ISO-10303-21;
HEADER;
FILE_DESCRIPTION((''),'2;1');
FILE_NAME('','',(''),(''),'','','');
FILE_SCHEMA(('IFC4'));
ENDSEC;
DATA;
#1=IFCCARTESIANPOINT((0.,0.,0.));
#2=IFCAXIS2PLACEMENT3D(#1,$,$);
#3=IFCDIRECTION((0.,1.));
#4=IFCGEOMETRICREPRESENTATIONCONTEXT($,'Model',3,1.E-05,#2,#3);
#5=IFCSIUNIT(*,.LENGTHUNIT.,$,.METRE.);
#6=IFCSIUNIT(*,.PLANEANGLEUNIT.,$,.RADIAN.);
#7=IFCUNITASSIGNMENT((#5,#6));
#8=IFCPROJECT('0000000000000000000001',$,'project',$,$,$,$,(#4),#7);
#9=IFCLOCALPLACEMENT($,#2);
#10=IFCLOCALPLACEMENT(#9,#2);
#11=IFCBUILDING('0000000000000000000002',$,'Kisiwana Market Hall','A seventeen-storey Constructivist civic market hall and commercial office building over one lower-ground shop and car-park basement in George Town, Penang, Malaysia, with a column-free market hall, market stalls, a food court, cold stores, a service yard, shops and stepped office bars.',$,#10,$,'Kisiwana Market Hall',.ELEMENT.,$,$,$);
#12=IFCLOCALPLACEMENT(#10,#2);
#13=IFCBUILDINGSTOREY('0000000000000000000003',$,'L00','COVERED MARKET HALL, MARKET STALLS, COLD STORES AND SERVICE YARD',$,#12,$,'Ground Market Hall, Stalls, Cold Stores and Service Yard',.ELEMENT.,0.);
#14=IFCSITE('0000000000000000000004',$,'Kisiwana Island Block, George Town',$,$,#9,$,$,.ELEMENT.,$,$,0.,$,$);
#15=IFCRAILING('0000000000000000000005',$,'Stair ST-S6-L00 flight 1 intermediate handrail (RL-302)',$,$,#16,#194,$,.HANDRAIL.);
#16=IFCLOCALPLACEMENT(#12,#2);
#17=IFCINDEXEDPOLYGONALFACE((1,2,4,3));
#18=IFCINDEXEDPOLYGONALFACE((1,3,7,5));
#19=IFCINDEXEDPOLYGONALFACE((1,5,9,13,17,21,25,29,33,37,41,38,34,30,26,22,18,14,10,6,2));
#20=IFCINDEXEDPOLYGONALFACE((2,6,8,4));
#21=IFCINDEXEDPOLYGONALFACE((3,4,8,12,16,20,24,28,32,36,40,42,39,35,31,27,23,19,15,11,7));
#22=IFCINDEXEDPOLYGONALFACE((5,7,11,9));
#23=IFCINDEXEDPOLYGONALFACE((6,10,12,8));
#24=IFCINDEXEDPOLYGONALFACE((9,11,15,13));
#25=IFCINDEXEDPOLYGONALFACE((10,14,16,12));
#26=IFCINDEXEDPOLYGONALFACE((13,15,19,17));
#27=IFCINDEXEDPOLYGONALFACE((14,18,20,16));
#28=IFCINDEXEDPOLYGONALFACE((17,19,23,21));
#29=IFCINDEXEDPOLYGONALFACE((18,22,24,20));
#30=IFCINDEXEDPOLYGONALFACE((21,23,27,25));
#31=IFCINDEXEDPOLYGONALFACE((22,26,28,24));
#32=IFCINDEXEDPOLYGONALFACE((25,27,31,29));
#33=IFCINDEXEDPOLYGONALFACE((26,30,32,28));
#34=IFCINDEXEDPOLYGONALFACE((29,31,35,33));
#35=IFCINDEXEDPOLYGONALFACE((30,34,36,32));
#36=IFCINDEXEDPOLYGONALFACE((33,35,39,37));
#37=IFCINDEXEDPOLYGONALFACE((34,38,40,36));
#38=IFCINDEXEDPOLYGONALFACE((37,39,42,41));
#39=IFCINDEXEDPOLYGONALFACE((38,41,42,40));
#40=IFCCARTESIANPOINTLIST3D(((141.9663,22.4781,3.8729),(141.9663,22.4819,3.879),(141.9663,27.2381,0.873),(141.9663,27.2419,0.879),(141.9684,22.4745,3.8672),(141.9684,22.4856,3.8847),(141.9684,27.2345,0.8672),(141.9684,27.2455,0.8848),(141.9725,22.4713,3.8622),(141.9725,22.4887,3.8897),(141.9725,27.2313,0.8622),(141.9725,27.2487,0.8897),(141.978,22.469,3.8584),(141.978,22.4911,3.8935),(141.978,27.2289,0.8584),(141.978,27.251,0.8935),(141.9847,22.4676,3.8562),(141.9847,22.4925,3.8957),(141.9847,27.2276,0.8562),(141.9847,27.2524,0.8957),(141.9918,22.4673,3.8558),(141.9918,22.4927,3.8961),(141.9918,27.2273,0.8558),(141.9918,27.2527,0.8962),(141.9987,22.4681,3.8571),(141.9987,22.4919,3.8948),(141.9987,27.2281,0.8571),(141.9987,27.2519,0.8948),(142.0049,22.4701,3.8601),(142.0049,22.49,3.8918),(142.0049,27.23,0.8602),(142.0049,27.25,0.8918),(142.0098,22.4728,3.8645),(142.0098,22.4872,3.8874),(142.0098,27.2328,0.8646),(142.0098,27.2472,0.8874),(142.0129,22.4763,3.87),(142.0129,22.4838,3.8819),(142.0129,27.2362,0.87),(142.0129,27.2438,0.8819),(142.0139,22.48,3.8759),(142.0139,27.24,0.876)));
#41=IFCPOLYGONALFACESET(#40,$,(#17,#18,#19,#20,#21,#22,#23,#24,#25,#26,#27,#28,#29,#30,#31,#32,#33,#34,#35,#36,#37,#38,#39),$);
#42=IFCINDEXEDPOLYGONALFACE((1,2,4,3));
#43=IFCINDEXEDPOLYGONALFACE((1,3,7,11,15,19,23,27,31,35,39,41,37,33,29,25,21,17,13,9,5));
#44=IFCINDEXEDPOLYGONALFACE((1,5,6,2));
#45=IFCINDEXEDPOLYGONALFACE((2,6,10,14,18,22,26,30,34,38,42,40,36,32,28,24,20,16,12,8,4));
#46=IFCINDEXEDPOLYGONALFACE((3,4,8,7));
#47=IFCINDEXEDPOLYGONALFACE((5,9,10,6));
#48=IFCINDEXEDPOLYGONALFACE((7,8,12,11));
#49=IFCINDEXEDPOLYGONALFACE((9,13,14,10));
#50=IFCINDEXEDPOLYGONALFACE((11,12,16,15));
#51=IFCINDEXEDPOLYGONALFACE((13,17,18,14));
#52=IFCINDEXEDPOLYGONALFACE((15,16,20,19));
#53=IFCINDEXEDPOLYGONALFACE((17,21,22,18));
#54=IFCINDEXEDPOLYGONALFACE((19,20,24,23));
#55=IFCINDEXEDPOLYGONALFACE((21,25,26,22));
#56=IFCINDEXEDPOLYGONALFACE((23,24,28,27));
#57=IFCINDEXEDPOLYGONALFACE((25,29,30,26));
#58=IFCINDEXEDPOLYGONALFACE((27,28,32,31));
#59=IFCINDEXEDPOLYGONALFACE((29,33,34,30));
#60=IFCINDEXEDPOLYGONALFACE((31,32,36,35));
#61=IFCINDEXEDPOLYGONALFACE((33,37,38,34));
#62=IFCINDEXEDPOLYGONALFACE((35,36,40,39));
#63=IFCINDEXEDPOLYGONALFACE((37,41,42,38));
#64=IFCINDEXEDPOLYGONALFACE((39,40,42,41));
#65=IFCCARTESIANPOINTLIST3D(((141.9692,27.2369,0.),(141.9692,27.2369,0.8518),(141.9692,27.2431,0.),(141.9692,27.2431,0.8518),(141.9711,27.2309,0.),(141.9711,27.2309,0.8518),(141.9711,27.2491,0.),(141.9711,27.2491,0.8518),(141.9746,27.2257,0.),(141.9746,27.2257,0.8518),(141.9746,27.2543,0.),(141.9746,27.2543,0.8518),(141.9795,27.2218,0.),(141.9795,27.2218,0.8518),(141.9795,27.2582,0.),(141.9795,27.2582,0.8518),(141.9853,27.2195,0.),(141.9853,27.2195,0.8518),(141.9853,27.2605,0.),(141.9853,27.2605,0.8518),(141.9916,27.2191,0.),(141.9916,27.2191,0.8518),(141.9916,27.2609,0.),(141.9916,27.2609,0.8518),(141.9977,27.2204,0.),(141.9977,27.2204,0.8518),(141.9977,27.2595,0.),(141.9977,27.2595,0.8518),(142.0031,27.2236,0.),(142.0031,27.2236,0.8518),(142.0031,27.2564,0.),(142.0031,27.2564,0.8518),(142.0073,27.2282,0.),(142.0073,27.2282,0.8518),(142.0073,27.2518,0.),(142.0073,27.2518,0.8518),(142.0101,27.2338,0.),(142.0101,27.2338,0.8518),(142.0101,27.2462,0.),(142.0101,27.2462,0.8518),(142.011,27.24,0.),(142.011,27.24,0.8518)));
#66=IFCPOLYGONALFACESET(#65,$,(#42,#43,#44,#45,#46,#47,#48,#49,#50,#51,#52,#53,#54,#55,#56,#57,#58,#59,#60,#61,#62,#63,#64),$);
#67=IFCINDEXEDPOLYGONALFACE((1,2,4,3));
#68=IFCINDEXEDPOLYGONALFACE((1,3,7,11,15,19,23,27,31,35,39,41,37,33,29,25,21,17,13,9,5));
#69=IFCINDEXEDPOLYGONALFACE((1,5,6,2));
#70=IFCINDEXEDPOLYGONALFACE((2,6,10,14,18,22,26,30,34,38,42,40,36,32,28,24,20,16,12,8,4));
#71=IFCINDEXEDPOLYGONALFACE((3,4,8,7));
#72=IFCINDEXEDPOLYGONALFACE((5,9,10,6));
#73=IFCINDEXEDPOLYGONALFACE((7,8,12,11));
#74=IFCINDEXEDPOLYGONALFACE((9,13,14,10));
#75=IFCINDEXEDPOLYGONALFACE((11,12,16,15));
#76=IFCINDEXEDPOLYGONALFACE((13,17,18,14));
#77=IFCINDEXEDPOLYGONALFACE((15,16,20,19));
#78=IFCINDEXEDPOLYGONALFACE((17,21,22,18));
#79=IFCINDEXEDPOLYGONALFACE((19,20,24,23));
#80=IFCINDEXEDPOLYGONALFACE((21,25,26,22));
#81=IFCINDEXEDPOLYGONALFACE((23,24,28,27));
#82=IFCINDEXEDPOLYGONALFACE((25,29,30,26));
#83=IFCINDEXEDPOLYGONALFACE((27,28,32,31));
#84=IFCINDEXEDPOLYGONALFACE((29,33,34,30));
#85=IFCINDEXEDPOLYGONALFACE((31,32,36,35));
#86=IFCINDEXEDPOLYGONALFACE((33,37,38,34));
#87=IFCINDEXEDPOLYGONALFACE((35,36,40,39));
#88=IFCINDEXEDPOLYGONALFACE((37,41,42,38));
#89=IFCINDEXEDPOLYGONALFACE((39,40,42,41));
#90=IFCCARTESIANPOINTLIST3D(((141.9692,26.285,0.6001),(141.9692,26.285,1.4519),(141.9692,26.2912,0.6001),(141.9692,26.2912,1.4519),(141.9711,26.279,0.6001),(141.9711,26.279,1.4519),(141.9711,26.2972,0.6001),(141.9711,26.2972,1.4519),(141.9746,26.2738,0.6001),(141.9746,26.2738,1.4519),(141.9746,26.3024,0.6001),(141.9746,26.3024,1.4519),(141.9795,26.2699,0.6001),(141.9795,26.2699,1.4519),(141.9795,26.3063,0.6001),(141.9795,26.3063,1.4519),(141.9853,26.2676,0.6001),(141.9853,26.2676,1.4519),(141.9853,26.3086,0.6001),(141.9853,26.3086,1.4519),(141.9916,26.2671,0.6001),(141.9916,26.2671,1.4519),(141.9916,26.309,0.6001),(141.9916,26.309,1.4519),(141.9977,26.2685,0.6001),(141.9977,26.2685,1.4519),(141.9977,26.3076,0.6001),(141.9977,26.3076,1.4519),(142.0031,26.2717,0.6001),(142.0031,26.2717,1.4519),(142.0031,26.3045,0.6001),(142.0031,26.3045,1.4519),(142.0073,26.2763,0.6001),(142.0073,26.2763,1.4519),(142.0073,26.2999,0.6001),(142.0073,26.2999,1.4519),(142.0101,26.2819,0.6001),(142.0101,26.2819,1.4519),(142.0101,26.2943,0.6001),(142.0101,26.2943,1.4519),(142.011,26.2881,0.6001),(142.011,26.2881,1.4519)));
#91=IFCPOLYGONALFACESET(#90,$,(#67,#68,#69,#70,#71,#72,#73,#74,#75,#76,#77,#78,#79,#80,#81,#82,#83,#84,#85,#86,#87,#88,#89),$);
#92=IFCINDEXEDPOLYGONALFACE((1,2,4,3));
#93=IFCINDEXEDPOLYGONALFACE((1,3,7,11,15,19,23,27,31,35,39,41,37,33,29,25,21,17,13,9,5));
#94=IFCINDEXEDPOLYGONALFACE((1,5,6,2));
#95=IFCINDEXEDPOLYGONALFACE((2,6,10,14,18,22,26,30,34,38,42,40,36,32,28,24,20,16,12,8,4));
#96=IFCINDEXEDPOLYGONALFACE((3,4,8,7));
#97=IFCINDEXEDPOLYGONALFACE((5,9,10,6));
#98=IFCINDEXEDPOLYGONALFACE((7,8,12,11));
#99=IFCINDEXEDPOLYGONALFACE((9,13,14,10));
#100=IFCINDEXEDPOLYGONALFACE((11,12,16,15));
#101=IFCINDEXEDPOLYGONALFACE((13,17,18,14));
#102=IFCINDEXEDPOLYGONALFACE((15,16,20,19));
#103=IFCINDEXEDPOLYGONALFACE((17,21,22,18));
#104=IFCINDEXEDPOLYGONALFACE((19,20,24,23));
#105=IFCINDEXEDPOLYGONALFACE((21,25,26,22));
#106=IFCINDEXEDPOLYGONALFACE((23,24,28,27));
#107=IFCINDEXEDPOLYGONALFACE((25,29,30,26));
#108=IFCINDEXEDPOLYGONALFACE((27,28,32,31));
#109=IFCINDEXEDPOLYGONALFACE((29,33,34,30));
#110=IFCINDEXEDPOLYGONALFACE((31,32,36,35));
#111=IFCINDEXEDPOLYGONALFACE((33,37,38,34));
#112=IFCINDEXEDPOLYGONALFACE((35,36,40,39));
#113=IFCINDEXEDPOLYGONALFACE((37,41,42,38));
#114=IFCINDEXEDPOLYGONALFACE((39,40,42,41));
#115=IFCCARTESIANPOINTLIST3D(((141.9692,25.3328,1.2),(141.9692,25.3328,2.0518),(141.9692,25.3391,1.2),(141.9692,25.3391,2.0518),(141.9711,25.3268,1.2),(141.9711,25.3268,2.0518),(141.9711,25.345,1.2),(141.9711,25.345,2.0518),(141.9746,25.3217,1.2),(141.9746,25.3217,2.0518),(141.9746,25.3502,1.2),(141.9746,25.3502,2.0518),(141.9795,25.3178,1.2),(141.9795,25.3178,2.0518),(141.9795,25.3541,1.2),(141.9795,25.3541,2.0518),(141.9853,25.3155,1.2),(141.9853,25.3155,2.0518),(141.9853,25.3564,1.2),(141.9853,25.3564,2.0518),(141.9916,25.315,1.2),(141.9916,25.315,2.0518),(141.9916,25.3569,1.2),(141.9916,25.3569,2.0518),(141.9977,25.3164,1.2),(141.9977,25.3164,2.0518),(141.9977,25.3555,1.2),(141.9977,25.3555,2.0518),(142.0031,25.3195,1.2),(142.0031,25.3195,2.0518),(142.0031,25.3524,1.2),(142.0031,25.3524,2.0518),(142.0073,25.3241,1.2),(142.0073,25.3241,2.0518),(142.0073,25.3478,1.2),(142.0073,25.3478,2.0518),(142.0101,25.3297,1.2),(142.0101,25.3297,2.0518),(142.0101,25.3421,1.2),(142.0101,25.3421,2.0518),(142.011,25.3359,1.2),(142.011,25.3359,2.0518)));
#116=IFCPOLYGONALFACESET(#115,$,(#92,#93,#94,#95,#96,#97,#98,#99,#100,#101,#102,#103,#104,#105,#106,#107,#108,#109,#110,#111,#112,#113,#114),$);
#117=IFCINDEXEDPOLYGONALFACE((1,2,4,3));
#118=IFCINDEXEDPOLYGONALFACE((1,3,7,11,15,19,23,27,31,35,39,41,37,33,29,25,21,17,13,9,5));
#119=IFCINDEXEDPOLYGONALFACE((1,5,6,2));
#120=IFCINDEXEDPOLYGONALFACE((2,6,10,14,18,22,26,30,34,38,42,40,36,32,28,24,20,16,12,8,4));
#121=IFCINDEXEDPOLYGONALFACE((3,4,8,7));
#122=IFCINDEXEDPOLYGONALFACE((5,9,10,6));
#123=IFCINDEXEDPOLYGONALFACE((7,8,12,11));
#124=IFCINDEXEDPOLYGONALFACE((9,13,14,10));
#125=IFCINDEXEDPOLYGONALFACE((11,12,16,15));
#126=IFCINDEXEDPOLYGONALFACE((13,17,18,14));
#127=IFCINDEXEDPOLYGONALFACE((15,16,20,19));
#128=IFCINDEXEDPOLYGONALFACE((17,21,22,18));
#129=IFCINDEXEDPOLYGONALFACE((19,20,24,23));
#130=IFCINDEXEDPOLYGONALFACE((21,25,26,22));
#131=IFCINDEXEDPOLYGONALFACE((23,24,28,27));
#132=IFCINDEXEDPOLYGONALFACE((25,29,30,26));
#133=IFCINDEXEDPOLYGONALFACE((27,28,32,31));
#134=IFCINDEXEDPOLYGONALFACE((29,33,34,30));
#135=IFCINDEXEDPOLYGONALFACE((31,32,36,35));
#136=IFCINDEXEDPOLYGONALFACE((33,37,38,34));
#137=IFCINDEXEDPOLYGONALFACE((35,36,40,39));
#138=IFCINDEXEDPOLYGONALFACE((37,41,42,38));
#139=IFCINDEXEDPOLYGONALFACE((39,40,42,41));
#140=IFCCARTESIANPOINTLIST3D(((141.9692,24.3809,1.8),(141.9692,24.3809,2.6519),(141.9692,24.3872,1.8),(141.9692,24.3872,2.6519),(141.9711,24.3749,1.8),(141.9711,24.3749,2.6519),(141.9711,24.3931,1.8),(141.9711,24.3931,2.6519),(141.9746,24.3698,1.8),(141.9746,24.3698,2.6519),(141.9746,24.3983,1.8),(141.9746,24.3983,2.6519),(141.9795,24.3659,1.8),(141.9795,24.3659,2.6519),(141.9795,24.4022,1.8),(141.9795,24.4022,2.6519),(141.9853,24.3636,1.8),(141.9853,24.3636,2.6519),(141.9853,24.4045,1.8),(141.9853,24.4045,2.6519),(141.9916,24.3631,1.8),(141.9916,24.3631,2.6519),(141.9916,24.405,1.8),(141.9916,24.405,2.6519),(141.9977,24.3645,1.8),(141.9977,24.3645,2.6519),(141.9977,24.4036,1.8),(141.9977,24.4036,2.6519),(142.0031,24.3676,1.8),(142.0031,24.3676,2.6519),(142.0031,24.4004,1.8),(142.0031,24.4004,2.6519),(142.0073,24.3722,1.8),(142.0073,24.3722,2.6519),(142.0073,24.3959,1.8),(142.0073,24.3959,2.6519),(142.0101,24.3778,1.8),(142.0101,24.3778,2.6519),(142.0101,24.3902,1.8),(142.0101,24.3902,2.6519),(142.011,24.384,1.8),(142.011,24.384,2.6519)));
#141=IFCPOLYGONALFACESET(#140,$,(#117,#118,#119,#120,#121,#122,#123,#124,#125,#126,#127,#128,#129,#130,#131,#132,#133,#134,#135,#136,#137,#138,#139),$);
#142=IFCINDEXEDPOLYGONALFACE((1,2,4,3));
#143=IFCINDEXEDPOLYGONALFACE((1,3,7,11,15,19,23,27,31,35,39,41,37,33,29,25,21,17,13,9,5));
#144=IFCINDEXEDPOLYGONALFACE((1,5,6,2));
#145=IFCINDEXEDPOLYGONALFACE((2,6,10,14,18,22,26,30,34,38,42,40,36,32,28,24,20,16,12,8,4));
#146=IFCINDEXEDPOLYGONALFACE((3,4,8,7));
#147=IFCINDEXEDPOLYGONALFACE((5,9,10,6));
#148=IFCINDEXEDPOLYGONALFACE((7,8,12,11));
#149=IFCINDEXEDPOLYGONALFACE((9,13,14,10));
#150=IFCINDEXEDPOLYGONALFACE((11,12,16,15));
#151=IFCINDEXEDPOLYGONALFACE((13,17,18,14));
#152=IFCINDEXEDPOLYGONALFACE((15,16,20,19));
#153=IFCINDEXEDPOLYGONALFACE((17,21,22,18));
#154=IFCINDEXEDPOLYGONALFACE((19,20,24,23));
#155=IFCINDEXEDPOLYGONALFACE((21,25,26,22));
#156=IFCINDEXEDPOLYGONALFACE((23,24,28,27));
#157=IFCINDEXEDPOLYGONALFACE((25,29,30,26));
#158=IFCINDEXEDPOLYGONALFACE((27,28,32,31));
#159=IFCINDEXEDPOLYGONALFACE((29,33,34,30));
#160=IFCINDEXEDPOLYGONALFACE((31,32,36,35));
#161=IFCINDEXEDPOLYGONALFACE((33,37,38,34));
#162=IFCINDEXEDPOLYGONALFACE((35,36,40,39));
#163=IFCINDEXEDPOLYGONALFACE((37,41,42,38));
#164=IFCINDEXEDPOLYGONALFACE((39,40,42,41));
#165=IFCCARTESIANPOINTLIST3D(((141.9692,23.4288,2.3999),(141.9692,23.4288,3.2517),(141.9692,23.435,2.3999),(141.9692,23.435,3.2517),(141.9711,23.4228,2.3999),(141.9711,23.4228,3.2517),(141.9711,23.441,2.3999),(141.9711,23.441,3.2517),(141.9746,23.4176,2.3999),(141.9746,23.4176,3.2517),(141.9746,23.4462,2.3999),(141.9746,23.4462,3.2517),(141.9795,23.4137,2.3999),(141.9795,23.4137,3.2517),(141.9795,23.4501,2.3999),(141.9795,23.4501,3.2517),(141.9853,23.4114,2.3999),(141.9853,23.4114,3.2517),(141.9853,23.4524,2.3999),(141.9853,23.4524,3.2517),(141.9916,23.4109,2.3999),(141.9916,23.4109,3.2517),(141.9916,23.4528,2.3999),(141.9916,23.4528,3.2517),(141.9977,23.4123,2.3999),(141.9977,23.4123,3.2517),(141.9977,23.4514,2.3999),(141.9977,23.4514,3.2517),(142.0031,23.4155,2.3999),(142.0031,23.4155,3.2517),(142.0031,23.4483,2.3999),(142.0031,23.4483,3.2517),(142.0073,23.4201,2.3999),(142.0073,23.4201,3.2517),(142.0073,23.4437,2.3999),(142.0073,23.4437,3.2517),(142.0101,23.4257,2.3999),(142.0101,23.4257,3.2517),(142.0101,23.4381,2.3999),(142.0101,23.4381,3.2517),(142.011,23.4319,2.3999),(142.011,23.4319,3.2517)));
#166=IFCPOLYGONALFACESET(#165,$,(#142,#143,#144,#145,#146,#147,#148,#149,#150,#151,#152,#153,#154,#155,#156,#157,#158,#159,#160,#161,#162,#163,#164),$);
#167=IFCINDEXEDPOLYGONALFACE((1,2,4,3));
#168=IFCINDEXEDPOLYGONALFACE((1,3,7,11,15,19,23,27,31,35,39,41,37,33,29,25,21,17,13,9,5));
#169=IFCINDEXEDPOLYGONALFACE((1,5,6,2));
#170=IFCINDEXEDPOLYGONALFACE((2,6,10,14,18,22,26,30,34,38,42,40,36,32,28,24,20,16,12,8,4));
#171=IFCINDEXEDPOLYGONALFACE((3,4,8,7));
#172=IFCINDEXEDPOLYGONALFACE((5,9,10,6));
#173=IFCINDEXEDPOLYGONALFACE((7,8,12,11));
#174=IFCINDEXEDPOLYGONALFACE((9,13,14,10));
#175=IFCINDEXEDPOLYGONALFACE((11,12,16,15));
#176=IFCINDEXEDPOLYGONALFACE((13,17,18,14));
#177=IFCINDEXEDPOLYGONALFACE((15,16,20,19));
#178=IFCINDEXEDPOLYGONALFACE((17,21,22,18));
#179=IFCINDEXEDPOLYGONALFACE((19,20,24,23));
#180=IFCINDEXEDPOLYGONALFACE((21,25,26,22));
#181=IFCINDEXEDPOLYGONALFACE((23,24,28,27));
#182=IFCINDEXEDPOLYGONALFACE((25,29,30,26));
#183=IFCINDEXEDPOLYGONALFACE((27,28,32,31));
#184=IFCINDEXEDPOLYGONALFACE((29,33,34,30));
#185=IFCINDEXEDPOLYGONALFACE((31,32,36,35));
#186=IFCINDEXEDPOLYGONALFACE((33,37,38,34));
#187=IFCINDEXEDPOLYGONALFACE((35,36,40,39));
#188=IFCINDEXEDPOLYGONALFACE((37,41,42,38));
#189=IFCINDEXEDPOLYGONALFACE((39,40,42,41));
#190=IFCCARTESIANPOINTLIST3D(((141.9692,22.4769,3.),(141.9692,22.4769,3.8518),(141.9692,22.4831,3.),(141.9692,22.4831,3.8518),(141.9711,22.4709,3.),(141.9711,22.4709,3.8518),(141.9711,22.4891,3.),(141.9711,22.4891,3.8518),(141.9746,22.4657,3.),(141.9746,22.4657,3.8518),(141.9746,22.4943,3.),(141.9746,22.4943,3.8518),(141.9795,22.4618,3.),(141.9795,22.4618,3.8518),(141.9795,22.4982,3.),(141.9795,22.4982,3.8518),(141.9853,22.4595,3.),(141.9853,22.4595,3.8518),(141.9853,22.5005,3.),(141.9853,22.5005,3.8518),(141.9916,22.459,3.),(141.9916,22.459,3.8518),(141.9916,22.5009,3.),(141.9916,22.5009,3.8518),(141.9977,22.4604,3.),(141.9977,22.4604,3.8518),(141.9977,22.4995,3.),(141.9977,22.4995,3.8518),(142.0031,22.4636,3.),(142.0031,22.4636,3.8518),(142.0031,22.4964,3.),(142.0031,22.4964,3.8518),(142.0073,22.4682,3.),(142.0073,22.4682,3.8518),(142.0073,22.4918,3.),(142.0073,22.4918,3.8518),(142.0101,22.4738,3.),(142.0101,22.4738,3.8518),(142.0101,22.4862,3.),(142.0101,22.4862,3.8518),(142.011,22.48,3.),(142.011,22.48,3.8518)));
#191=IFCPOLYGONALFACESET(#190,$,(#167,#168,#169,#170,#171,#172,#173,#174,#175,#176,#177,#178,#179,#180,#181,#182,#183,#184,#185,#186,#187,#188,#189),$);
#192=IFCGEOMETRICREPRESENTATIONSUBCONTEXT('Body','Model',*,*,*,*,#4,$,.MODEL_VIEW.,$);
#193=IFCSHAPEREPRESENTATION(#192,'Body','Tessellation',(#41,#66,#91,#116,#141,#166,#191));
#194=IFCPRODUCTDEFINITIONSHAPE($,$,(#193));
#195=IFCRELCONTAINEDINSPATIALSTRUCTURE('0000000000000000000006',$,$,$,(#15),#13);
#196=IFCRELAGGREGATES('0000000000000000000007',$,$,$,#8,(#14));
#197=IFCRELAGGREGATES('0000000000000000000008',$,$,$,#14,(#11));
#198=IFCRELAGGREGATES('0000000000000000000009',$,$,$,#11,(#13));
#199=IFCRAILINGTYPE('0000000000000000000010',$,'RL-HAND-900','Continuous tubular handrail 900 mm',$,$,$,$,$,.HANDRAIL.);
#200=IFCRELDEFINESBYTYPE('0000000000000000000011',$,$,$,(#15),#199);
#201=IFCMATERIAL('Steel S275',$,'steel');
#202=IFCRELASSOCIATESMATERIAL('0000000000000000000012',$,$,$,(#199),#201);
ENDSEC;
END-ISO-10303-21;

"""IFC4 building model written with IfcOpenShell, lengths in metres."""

from ifc_helpers import new_model, si_unit, direction, frame, origin, origin_2d, place, context, subcontext, project, spatial, circle, extrude, material, type_object, element, save


model = new_model("IFC4")

# Units and contexts
model_context = context("Model", 3, precision=1e-05, world=origin(), true_north=direction((0.0, 1.0)))
body_context = subcontext(model_context, "Body", "Model", "MODEL_VIEW")
ifc_project = project(units=[si_unit("LENGTHUNIT", "METRE"), si_unit("PLANEANGLEUNIT", "RADIAN")], contexts=[model_context])

# Site, building, storey
site_placement = place(None, origin())
site = spatial("IfcSite", under=ifc_project, at=site_placement, Name="Kisiwana Island Block, George Town", CompositionType="ELEMENT", RefElevation=0.0)
building_placement = place(site_placement, origin())
building = spatial("IfcBuilding", under=site, at=building_placement, Name="Kisiwana Market Hall", Description="A seventeen-storey Constructivist civic market hall and commercial office building over one lower-ground shop and car-park basement in George Town, Penang, Malaysia, with a column-free market hall, market stalls, a food court, cold stores, a service yard, shops and stepped office bars.", LongName="Kisiwana Market Hall", CompositionType="ELEMENT")
storey_placement = place(building_placement, origin())
storey = spatial("IfcBuildingStorey", under=building, at=storey_placement, Name="L00", Description="COVERED MARKET HALL, MARKET STALLS, COLD STORES AND SERVICE YARD", LongName="Ground Market Hall, Stalls, Cold Stores and Service Yard", CompositionType="ELEMENT", Elevation=0.0)

# Railing
ifc_material_1 = material(Name="Steel S275", Category="steel")
railing_type_1 = type_object("IfcRailingType", Name="RL-HAND-900", Description="Continuous tubular handrail 900 mm", PredefinedType="HANDRAIL", material=ifc_material_1)
railing_1_placement = place(storey_placement, frame((141.99, 27.24, 0.0)))
element("IfcRailing", 1, at=railing_1_placement, inside=storey, type_object=railing_type_1, Name="Stair ST-S6-L00 flight 1 intermediate handrail (RL-302)", PredefinedType="HANDRAIL", context=body_context, shape_type="SweptSolid", body=[
    extrude(circle(Radius=0.0239, at=origin_2d()), frame((0.0, 0.0, 0.876), z_axis=(0.0, -0.845996, 0.53319), x_axis=(1.0, 0.0, 0.0)), (0.0, 0.0, 1.0), 5.6265),
    extrude(circle(Radius=0.021, at=origin_2d()), origin(), (0.0, 0.0, 1.0), 0.8518),
    extrude(circle(Radius=0.021, at=origin_2d()), frame((0.0, -0.9519, 0.6001)), (0.0, 0.0, 1.0), 0.8518),
    extrude(circle(Radius=0.021, at=origin_2d()), frame((0.0, -1.9041, 1.2)), (0.0, 0.0, 1.0), 0.8518),
    extrude(circle(Radius=0.021, at=origin_2d()), frame((0.0, -2.856, 1.8)), (0.0, 0.0, 1.0), 0.8518),
    extrude(circle(Radius=0.021, at=origin_2d()), frame((0.0, -3.8081, 2.3999)), (0.0, 0.0, 1.0), 0.8518),
    extrude(circle(Radius=0.021, at=origin_2d()), frame((0.0, -4.76, 3.0)), (0.0, 0.0, 1.0), 0.8518),
])

save(model, "model.ifc")
